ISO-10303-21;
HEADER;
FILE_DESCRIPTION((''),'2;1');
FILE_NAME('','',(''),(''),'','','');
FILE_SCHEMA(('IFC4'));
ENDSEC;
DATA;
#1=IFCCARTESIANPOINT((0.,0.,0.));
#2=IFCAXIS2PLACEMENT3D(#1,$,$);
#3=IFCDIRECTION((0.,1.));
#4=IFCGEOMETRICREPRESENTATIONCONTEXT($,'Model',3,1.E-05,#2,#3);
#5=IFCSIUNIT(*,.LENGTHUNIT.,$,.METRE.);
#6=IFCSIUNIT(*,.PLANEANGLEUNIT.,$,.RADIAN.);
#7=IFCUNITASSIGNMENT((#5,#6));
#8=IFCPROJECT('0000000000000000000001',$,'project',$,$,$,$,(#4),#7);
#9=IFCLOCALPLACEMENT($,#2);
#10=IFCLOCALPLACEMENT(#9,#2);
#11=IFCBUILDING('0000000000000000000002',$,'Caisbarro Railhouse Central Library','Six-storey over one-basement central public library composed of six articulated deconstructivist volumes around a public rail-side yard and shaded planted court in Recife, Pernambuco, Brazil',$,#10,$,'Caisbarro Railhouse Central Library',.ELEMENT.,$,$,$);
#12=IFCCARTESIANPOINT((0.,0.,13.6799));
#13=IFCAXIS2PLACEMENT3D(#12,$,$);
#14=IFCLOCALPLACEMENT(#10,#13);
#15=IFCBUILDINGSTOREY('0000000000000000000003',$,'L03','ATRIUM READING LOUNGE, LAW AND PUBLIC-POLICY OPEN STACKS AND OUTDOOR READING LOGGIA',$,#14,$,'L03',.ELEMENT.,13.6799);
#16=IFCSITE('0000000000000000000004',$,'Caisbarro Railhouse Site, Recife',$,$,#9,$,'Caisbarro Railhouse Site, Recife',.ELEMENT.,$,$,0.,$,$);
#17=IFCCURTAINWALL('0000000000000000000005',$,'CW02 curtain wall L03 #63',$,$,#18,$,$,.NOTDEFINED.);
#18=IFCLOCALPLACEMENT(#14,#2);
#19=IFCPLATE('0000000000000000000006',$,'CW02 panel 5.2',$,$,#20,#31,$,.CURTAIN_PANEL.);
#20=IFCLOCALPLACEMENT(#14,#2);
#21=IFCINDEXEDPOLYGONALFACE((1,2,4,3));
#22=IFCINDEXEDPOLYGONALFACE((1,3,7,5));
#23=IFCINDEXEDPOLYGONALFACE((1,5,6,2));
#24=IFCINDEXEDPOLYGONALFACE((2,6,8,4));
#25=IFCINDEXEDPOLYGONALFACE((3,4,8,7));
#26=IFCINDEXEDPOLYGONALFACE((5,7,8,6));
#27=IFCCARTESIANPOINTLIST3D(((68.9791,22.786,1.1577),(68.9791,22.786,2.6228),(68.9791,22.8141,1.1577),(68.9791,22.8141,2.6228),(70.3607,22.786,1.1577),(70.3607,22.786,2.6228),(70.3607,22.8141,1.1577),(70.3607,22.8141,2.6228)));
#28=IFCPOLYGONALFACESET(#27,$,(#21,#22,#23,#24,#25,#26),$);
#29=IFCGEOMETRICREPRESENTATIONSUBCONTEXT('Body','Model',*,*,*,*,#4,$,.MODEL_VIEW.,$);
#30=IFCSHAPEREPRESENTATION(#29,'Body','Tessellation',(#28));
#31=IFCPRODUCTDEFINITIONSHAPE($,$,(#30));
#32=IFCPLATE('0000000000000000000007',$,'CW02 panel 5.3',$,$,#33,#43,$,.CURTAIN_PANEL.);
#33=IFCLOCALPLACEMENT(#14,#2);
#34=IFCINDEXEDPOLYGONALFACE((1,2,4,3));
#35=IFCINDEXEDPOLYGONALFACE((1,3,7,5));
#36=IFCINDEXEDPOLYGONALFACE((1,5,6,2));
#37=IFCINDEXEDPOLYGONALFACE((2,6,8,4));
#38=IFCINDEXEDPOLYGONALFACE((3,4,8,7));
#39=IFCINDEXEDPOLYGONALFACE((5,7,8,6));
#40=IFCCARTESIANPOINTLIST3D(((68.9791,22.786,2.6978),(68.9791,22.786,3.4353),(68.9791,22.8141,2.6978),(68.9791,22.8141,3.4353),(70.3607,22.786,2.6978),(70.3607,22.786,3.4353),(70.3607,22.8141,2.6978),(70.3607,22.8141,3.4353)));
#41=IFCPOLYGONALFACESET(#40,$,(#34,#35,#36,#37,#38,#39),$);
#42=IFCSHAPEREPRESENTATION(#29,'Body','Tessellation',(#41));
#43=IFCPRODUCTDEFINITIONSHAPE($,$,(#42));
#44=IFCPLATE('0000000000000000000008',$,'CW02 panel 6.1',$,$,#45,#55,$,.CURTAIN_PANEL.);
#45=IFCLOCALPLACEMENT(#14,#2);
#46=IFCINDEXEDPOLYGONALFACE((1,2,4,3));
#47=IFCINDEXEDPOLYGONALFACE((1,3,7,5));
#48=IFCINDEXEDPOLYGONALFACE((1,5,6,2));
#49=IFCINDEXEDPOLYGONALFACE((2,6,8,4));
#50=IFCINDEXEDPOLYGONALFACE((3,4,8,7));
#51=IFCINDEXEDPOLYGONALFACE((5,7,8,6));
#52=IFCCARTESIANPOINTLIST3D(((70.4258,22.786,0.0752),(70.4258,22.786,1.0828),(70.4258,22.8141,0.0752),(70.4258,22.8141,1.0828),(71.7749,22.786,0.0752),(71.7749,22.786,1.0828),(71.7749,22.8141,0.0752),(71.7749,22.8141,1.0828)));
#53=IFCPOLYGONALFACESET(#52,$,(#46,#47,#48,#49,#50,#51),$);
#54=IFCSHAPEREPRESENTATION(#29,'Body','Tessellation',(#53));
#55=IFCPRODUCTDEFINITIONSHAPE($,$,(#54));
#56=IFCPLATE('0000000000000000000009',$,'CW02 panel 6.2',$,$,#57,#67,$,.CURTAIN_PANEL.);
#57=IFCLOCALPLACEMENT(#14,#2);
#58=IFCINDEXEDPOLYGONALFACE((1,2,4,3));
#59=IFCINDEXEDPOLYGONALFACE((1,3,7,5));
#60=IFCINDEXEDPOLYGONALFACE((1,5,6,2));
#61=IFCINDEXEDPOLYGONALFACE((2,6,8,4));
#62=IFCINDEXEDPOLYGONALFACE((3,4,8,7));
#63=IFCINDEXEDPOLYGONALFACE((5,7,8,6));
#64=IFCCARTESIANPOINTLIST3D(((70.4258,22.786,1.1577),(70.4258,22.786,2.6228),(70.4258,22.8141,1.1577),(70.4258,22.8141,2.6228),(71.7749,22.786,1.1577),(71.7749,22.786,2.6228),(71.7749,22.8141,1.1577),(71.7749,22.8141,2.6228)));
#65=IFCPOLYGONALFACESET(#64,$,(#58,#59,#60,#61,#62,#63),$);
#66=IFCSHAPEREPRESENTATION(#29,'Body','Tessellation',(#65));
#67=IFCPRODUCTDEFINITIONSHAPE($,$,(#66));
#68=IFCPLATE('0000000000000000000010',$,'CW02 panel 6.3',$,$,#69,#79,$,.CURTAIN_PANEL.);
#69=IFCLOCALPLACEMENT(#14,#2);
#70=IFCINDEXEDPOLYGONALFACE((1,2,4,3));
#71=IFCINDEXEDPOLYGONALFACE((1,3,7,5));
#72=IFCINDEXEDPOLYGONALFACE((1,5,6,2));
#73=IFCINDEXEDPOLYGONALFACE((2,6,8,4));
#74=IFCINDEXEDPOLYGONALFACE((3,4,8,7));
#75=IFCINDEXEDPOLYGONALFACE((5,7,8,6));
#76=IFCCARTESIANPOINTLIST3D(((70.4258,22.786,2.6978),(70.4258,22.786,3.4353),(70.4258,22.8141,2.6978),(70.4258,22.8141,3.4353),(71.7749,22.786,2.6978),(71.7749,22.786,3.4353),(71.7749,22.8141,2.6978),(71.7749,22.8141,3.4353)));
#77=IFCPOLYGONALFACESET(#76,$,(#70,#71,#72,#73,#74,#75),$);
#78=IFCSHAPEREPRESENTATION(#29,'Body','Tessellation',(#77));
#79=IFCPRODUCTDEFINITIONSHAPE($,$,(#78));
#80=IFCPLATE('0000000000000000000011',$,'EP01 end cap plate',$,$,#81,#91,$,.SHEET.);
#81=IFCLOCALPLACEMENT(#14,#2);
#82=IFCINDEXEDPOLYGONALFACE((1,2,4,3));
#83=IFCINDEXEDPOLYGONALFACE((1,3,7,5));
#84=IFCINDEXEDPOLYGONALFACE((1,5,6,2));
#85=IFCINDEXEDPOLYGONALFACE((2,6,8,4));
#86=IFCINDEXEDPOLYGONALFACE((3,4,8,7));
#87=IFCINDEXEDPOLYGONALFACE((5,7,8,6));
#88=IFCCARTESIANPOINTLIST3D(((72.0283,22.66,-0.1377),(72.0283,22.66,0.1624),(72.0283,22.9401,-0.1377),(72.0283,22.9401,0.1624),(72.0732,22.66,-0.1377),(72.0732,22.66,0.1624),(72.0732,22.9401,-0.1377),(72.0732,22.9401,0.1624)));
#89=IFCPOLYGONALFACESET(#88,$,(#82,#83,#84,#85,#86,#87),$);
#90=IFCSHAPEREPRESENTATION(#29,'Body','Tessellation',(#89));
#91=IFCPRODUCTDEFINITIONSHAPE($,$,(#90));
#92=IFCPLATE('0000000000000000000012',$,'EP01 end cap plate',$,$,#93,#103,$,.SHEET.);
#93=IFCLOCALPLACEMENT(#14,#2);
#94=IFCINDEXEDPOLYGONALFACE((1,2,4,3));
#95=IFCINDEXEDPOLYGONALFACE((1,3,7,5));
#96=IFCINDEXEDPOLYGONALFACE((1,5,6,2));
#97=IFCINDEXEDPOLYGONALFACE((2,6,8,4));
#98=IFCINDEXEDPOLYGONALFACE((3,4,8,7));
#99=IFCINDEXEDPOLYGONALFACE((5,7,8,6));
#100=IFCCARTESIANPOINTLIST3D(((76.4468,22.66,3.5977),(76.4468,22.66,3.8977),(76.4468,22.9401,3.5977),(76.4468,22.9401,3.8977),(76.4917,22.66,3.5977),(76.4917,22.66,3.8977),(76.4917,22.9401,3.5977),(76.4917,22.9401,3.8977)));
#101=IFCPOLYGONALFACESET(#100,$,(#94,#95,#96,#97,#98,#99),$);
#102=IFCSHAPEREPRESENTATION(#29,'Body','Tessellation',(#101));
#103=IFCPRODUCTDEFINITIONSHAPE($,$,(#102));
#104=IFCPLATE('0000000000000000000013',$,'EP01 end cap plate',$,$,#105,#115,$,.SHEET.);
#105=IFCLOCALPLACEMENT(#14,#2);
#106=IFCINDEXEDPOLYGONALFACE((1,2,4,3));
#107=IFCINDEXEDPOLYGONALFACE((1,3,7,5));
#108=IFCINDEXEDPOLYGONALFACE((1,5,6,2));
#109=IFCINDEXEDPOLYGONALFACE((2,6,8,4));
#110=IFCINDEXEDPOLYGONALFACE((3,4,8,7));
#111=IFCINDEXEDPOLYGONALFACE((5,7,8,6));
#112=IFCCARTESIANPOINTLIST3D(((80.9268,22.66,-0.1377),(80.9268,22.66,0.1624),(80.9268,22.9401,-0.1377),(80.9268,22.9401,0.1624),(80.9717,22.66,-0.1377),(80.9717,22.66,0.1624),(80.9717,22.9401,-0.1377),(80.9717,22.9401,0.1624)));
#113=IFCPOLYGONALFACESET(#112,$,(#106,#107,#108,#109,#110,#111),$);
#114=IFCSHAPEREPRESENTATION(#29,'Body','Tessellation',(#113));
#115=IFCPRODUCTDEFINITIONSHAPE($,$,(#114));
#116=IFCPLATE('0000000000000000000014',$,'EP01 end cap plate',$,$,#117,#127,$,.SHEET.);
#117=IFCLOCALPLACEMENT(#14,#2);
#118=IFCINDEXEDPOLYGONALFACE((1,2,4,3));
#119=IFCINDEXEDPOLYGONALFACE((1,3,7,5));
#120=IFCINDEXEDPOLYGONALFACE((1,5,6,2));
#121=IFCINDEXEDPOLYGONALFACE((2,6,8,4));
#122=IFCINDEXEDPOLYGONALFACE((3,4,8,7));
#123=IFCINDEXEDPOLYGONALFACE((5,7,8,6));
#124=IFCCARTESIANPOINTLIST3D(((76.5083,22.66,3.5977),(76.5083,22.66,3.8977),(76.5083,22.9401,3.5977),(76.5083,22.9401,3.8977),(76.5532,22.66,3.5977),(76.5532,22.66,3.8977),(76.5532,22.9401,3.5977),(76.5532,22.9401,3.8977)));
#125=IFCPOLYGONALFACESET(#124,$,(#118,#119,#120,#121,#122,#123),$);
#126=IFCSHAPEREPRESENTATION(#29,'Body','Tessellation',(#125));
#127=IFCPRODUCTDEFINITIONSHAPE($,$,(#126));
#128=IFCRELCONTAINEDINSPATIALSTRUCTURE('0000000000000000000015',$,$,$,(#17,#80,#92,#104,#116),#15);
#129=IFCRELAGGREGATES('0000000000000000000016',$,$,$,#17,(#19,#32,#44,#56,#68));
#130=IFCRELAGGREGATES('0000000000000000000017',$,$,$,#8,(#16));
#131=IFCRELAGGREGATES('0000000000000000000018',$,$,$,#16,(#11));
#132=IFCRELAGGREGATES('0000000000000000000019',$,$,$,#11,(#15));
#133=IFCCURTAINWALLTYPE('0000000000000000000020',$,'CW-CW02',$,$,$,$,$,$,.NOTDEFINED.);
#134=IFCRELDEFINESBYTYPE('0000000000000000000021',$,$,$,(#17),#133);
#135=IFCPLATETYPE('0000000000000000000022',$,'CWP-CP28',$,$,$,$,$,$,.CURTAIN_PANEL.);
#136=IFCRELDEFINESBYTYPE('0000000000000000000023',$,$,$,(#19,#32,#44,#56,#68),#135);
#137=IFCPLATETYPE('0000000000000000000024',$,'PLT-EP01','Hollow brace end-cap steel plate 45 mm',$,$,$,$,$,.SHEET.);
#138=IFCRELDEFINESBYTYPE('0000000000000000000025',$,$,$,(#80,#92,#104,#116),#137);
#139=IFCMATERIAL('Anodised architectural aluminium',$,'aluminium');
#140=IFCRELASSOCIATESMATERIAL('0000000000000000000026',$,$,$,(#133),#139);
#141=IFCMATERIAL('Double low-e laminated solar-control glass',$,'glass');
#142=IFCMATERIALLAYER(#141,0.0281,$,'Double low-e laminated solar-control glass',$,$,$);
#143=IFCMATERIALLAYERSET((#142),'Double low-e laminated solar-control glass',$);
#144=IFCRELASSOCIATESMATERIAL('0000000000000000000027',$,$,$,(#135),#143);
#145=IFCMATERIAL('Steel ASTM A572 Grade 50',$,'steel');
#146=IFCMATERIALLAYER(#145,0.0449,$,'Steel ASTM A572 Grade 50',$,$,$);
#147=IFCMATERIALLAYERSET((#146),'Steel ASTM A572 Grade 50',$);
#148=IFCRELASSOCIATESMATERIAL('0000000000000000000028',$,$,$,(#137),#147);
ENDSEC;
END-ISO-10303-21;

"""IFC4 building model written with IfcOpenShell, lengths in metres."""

from ifc_helpers import new_model, si_unit, direction, frame, origin, origin_2d, place, context, subcontext, project, spatial, rectangle, extrude, material, layer, layer_set, type_object, element, aggregate, save


model = new_model("IFC4")

# Units and contexts
model_context = context("Model", 3, precision=1e-05, world=origin(), true_north=direction((0.0, 1.0)))
body_context = subcontext(model_context, "Body", "Model", "MODEL_VIEW")
ifc_project = project(units=[si_unit("LENGTHUNIT", "METRE"), si_unit("PLANEANGLEUNIT", "RADIAN")], contexts=[model_context])

# Site, building, storey
site_placement = place(None, origin())
site = spatial("IfcSite", under=ifc_project, at=site_placement, Name="Caisbarro Railhouse Site, Recife", LongName="Caisbarro Railhouse Site, Recife", CompositionType="ELEMENT", RefElevation=0.0)
building_placement = place(site_placement, origin())
building = spatial("IfcBuilding", under=site, at=building_placement, Name="Caisbarro Railhouse Central Library", Description="Six-storey over one-basement central public library composed of six articulated deconstructivist volumes around a public rail-side yard and shaded planted court in Recife, Pernambuco, Brazil", LongName="Caisbarro Railhouse Central Library", CompositionType="ELEMENT")
storey_placement = place(building_placement, frame((0.0, 0.0, 13.6799)))
storey = spatial("IfcBuildingStorey", under=building, at=storey_placement, Name="L03", Description="ATRIUM READING LOUNGE, LAW AND PUBLIC-POLICY OPEN STACKS AND OUTDOOR READING LOGGIA", LongName="L03", CompositionType="ELEMENT", Elevation=13.6799)

# Shared definitions
ifc_material_1 = material(Name="Steel ASTM A572 Grade 50", Category="steel")

# Curtain wall
ifc_material_2 = material(Name="Anodised architectural aluminium", Category="aluminium")
curtain_wall_type = type_object("IfcCurtainWallType", Name="CW-CW02", PredefinedType="NOTDEFINED", material=ifc_material_2)
curtain_wall_1_placement = place(storey_placement, origin())
curtain_wall_1 = element("IfcCurtainWall", 1, at=curtain_wall_1_placement, inside=storey, type_object=curtain_wall_type, Name="CW02 curtain wall L03 #63", PredefinedType="NOTDEFINED")

# Plates
ifc_material_3 = material(Name="Double low-e laminated solar-control glass", Category="glass")
ifc_layer_1 = layer(ifc_material_3, 0.0281, Name="Double low-e laminated solar-control glass")
ifc_layer_set_1 = layer_set([ifc_layer_1], Name="Double low-e laminated solar-control glass")
plate_type_1 = type_object("IfcPlateType", Name="CWP-CP28", PredefinedType="CURTAIN_PANEL", material=ifc_layer_set_1)
plate_1_placement = place(storey_placement, frame((69.6699, 22.8, 1.1577), z_axis=(0.0, 0.0, 1.0), x_axis=(1.0, 0.0, 0.0)))
plate_1 = element("IfcPlate", 2, at=plate_1_placement, type_object=plate_type_1, Name="CW02 panel 5.2", PredefinedType="CURTAIN_PANEL", context=body_context, shape_type="SweptSolid", body=[
    extrude(rectangle(XDim=1.3816, YDim=0.0281, at=origin_2d()), origin(), (0.0, 0.0, 1.0), 1.4651),
])
plate_2_placement = place(storey_placement, frame((69.6699, 22.8, 2.6978), z_axis=(0.0, 0.0, 1.0), x_axis=(1.0, 0.0, 0.0)))
plate_2 = element("IfcPlate", 3, at=plate_2_placement, type_object=plate_type_1, Name="CW02 panel 5.3", PredefinedType="CURTAIN_PANEL", context=body_context, shape_type="SweptSolid", body=[
    extrude(rectangle(XDim=1.3816, YDim=0.0281, at=origin_2d()), origin(), (0.0, 0.0, 1.0), 0.7375),
])
plate_3_placement = place(storey_placement, frame((71.1003, 22.8, 0.0752), z_axis=(0.0, 0.0, 1.0), x_axis=(1.0, 0.0, 0.0)))
plate_3 = element("IfcPlate", 4, at=plate_3_placement, type_object=plate_type_1, Name="CW02 panel 6.1", PredefinedType="CURTAIN_PANEL", context=body_context, shape_type="SweptSolid", body=[
    extrude(rectangle(XDim=1.3491, YDim=0.0281, at=origin_2d()), origin(), (0.0, 0.0, 1.0), 1.0076),
])
plate_4_placement = place(storey_placement, frame((71.1003, 22.8, 1.1577), z_axis=(0.0, 0.0, 1.0), x_axis=(1.0, 0.0, 0.0)))
plate_4 = element("IfcPlate", 5, at=plate_4_placement, type_object=plate_type_1, Name="CW02 panel 6.2", PredefinedType="CURTAIN_PANEL", context=body_context, shape_type="SweptSolid", body=[
    extrude(rectangle(XDim=1.3491, YDim=0.0281, at=origin_2d()), origin(), (0.0, 0.0, 1.0), 1.4651),
])
plate_5_placement = place(storey_placement, frame((71.1003, 22.8, 2.6978), z_axis=(0.0, 0.0, 1.0), x_axis=(1.0, 0.0, 0.0)))
plate_5 = element("IfcPlate", 6, at=plate_5_placement, type_object=plate_type_1, Name="CW02 panel 6.3", PredefinedType="CURTAIN_PANEL", context=body_context, shape_type="SweptSolid", body=[
    extrude(rectangle(XDim=1.3491, YDim=0.0281, at=origin_2d()), origin(), (0.0, 0.0, 1.0), 0.7375),
])
aggregate(curtain_wall_1, [plate_1, plate_2, plate_3, plate_4, plate_5])

# Plates
ifc_layer_2 = layer(ifc_material_1, 0.0449, Name="Steel ASTM A572 Grade 50")
ifc_layer_set_2 = layer_set([ifc_layer_2], Name="Steel ASTM A572 Grade 50")
plate_type_2 = type_object("IfcPlateType", Name="PLT-EP01", Description="Hollow brace end-cap steel plate 45 mm", PredefinedType="SHEET", material=ifc_layer_set_2)
for number, where, z_axis, x_axis, name in (
    (7, (72.0508, 22.8, -0.1377), (0.0, 0.0, 1.0), (1.0, 0.0, 0.0), "EP01 end cap plate"),
    (8, (76.4692, 22.8, 3.5977), (0.0, 0.0, 1.0), (1.0, 0.0, 0.0), "EP01 end cap plate"),
    (9, (80.9492, 22.8, -0.1377), (0.0, 0.0, 1.0), (-1.0, 0.0, 0.0), "EP01 end cap plate"),
    (10, (76.5308, 22.8, 3.5977), (0.0, 0.0, 1.0), (-1.0, 0.0, 0.0), "EP01 end cap plate"),
):
    element("IfcPlate", number, at=place(storey_placement, frame(where, z_axis=z_axis, x_axis=x_axis)), inside=storey, type_object=plate_type_2, Name=name, PredefinedType="SHEET", context=body_context, shape_type="SweptSolid", body=[
        extrude(rectangle(XDim=0.0449, YDim=0.28, at=origin_2d()), origin(), (0.0, 0.0, 1.0), 0.3),
    ])

save(model, "model.ifc")
